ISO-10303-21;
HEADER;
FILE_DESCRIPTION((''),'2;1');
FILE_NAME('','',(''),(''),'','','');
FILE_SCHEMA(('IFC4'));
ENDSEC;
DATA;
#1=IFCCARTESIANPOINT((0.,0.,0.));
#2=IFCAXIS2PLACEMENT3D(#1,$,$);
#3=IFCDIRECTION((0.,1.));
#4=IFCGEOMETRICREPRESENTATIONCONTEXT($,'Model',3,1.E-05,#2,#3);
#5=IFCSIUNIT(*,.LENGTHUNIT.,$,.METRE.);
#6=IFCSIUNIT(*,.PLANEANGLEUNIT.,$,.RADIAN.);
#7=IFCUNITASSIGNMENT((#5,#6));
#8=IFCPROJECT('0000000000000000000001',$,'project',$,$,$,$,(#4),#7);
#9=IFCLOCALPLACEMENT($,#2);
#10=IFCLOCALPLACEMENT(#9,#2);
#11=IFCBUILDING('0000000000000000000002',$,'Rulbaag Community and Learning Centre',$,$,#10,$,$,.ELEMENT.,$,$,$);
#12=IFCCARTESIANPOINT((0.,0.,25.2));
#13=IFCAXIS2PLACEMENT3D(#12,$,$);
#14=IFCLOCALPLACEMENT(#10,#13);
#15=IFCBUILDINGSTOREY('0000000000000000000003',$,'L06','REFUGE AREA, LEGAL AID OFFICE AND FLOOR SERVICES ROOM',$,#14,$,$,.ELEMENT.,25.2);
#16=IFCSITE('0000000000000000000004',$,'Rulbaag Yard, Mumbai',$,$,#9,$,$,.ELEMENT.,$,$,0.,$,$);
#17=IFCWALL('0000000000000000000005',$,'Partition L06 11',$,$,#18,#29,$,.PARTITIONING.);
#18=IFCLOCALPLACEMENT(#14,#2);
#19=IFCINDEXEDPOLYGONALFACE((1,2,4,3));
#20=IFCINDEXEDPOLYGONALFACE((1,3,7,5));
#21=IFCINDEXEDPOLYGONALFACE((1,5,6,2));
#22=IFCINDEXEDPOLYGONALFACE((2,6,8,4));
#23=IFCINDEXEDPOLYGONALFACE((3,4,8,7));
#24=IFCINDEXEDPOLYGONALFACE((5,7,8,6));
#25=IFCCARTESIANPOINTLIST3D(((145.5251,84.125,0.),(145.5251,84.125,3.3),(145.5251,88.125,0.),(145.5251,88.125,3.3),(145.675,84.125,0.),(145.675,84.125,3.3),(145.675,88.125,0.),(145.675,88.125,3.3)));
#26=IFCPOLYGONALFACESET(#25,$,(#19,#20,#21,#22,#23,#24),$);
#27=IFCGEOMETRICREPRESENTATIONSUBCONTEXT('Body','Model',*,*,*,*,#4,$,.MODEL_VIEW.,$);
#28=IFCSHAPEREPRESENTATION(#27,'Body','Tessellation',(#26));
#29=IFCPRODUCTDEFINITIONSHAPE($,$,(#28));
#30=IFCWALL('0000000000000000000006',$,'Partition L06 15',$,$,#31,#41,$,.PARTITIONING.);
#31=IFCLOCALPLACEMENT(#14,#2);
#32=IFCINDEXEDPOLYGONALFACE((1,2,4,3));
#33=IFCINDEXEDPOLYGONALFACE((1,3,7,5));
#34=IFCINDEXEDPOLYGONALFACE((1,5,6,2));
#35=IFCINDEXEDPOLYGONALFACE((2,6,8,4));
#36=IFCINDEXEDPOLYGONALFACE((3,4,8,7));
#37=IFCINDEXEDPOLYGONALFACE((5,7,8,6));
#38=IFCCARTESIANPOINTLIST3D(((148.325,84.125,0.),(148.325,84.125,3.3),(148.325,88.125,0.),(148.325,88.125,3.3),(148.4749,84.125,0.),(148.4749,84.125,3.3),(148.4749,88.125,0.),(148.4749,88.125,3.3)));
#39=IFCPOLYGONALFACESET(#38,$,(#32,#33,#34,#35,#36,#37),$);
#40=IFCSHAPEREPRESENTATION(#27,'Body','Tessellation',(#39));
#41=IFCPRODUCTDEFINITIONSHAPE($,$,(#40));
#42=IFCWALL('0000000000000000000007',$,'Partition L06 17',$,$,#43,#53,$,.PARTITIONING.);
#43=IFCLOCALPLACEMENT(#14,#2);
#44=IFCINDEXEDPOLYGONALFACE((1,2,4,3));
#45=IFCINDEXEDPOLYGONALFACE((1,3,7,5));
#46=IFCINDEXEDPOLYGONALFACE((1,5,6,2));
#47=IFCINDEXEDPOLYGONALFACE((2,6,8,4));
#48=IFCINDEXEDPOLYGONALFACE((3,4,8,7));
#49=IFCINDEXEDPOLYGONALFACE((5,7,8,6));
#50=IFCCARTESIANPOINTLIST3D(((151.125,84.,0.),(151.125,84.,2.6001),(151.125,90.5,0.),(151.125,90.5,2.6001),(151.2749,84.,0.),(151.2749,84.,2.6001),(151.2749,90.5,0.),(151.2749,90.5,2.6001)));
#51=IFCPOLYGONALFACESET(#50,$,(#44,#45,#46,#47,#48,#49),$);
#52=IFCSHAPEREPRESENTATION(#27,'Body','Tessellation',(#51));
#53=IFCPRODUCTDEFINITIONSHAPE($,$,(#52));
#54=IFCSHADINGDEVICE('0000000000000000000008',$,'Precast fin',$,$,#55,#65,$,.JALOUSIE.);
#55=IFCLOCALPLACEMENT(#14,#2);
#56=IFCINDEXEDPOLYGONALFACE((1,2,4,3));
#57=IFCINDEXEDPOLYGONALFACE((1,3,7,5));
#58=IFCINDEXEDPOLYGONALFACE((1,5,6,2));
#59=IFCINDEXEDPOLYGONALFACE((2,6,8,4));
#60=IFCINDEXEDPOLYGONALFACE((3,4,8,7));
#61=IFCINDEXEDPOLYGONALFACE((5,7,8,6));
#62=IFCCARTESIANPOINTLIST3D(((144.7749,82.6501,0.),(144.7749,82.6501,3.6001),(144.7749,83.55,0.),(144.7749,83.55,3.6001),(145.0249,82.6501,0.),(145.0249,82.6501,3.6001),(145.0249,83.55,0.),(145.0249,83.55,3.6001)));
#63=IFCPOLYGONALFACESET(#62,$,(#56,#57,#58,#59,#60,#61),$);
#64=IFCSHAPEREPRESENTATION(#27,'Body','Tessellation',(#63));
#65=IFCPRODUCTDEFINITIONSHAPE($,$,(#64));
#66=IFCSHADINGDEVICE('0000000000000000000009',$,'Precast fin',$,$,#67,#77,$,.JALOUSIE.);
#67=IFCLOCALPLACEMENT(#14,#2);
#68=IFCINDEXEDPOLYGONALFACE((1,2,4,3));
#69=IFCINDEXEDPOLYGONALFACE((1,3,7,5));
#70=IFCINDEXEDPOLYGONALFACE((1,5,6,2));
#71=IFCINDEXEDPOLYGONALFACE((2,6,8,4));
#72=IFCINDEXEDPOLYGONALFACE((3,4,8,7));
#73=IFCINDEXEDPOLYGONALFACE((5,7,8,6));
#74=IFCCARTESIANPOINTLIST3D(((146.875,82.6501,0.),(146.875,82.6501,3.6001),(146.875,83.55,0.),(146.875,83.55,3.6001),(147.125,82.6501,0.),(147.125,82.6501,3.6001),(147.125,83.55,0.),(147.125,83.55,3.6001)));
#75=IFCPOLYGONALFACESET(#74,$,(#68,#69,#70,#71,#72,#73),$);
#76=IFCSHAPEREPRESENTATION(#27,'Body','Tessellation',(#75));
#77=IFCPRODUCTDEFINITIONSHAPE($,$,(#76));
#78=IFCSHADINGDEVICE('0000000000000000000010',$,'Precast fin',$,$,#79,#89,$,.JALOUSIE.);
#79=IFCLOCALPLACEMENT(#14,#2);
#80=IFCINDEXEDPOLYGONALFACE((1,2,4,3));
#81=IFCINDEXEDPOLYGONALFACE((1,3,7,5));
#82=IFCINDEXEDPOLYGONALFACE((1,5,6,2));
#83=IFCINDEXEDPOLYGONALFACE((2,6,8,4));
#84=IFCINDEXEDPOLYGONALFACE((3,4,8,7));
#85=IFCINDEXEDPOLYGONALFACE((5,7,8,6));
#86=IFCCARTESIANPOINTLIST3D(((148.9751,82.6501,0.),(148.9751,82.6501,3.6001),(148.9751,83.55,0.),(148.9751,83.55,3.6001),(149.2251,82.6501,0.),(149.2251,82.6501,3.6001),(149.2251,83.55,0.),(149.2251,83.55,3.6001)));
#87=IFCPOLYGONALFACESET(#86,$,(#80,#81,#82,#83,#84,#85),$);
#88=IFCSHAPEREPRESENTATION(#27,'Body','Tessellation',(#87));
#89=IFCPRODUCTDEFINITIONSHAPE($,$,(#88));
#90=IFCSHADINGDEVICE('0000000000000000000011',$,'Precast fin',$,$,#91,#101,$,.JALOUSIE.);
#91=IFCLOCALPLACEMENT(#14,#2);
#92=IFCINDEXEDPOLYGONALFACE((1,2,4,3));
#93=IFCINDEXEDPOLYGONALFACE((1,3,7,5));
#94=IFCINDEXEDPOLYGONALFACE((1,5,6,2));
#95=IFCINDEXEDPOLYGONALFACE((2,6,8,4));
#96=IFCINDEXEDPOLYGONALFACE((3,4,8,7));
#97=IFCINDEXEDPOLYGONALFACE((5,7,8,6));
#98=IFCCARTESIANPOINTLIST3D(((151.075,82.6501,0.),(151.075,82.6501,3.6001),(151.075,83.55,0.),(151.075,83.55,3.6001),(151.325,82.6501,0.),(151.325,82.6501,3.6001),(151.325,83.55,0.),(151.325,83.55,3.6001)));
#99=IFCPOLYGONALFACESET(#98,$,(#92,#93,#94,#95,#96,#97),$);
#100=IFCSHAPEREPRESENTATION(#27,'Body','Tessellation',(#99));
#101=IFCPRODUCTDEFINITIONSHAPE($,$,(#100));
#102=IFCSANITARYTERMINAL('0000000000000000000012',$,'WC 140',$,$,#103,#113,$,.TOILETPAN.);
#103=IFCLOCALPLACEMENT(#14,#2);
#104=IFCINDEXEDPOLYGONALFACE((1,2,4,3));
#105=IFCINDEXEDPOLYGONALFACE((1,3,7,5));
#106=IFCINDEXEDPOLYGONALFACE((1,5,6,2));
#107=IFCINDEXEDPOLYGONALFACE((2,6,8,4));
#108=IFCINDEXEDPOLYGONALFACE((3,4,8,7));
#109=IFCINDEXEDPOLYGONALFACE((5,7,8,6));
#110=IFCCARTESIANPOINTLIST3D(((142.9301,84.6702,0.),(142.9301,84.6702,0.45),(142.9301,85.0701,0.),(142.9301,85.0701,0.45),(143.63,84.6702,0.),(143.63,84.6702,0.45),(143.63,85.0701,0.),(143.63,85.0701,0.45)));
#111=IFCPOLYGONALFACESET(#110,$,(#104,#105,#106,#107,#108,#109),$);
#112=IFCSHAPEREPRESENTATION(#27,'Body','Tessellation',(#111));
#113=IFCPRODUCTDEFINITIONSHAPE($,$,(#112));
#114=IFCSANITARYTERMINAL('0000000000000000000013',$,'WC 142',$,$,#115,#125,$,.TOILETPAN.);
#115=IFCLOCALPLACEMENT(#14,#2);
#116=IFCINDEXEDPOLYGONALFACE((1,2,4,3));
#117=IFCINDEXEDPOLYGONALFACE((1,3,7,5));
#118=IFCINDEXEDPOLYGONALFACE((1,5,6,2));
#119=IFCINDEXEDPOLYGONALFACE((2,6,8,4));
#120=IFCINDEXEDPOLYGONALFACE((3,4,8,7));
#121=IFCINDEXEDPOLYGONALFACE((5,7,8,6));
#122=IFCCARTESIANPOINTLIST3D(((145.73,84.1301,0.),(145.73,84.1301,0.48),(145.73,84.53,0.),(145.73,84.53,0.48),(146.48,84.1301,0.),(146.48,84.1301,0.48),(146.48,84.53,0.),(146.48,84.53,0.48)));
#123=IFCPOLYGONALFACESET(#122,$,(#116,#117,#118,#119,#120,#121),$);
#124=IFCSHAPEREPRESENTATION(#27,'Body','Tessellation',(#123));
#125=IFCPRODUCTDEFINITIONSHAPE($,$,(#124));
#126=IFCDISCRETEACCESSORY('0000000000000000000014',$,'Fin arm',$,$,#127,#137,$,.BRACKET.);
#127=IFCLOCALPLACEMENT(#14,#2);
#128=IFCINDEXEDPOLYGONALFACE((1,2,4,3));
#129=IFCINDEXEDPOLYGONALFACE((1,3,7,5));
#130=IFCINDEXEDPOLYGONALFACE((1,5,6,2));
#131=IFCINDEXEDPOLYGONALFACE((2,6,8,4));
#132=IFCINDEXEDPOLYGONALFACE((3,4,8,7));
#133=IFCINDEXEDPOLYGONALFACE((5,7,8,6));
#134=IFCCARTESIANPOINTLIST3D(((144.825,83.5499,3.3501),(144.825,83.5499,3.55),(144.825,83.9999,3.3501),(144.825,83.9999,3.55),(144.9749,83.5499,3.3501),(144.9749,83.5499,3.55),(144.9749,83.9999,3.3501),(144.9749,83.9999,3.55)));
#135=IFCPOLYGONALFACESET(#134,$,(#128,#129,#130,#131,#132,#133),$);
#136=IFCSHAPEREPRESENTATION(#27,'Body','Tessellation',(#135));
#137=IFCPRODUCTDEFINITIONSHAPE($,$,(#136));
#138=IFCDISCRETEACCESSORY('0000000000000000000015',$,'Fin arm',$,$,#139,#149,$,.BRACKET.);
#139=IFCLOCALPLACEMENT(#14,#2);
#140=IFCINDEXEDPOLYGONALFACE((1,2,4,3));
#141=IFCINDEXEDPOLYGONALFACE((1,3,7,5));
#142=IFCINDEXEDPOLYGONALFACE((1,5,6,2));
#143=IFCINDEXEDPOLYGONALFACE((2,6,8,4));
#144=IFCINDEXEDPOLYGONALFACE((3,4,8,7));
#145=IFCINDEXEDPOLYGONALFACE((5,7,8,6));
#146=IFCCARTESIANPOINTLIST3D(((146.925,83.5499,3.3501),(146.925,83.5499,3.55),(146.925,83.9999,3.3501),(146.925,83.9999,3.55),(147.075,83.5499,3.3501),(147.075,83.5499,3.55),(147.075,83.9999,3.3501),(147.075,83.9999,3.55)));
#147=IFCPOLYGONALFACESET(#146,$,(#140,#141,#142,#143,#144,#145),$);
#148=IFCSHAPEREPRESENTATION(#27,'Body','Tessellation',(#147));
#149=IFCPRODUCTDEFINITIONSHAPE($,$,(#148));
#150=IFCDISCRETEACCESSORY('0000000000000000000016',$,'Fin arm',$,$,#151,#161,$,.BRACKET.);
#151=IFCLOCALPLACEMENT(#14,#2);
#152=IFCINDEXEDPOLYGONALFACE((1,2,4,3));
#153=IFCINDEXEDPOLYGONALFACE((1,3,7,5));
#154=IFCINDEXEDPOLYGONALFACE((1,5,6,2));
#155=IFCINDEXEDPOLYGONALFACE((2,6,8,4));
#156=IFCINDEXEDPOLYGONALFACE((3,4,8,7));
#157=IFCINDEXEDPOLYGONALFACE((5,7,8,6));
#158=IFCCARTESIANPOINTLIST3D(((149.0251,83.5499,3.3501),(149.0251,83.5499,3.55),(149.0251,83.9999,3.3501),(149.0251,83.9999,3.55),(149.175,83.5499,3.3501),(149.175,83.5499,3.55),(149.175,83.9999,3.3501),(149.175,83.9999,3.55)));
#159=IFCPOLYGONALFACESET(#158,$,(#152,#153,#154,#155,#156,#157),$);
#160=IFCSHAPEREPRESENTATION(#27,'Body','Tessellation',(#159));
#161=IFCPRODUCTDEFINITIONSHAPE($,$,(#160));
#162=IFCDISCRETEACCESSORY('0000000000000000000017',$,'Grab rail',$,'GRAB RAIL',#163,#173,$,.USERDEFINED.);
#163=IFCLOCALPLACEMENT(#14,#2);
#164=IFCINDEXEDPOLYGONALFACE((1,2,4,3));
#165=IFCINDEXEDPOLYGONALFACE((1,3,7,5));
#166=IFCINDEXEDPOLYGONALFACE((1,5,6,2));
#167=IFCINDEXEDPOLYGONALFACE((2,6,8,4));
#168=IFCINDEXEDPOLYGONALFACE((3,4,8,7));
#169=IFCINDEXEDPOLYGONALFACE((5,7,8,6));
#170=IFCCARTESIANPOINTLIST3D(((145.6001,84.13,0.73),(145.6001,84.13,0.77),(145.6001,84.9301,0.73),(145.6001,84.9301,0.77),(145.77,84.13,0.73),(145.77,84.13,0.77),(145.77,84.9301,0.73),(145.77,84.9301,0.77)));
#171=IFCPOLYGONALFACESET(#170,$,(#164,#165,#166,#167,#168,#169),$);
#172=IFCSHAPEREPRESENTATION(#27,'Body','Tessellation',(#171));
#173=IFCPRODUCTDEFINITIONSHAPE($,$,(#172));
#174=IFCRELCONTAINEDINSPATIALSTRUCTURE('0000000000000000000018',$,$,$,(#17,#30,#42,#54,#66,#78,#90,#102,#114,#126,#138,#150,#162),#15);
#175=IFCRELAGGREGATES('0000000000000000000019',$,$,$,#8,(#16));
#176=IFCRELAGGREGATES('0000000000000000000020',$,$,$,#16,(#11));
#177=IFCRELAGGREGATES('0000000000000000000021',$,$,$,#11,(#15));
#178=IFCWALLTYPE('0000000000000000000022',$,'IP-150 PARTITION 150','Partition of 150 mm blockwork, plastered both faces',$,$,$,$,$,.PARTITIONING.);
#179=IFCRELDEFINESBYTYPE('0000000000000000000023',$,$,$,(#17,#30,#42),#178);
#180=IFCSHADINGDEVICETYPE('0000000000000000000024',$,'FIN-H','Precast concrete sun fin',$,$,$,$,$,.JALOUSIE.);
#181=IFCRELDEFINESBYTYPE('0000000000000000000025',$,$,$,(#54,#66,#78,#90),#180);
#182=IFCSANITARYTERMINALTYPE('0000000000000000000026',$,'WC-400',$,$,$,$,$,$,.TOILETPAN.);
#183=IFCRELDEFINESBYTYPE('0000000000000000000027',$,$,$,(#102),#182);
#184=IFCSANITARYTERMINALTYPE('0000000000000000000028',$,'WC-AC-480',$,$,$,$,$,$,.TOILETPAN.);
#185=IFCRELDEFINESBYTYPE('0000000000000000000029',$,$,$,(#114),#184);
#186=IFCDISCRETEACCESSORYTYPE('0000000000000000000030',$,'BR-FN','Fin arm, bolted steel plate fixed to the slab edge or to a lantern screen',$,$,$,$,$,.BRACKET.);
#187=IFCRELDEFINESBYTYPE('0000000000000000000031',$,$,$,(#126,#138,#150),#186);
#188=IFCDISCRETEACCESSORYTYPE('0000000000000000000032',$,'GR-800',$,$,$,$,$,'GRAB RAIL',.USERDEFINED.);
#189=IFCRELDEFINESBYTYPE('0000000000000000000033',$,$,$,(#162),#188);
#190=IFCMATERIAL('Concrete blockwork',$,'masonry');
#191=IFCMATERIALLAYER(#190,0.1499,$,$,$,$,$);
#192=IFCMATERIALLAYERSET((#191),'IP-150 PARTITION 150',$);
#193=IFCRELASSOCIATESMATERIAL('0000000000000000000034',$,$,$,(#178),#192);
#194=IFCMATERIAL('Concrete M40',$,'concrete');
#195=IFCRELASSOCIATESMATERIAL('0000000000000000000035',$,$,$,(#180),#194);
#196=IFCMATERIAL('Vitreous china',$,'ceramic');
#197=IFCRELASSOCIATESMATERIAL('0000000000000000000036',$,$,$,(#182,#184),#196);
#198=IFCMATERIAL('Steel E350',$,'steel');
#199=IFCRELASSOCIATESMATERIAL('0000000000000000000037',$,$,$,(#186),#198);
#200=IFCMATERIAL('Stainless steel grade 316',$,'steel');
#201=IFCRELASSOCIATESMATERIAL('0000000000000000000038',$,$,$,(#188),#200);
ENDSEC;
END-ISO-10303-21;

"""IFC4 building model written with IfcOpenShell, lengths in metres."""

from ifc_helpers import new_model, si_unit, direction, frame, frame_2d, origin, origin_2d, place, context, subcontext, project, spatial, rectangle, extrude, material, layer, layer_set, material_profile, profile_set, type_object, element, save


model = new_model("IFC4")

# Units and contexts
model_context = context("Model", 3, precision=1e-05, world=origin(), true_north=direction((0.0, 1.0)))
body_context = subcontext(model_context, "Body", "Model", "MODEL_VIEW")
ifc_project = project(units=[si_unit("LENGTHUNIT", "METRE"), si_unit("PLANEANGLEUNIT", "RADIAN")], contexts=[model_context])

# Site, building, storey
site_placement = place(None, origin())
site = spatial("IfcSite", under=ifc_project, at=site_placement, Name="Rulbaag Yard, Mumbai", CompositionType="ELEMENT", RefElevation=0.0)
building_placement = place(site_placement, origin())
building = spatial("IfcBuilding", under=site, at=building_placement, Name="Rulbaag Community and Learning Centre", CompositionType="ELEMENT")
storey_placement = place(building_placement, frame((0.0, 0.0, 25.2)))
storey = spatial("IfcBuildingStorey", under=building, at=storey_placement, Name="L06", Description="REFUGE AREA, LEGAL AID OFFICE AND FLOOR SERVICES ROOM", CompositionType="ELEMENT", Elevation=25.2)

# Shared definitions
ifc_material_1 = material(Name="Concrete M40", Category="concrete")

# Walls
ifc_material_2 = material(Name="Concrete blockwork", Category="masonry")
ifc_layer_1 = layer(ifc_material_2, 0.1499)
ifc_layer_set_1 = layer_set([ifc_layer_1], Name="IP-150 PARTITION 150")
wall_type_1 = type_object("IfcWallType", Name="IP-150 PARTITION 150", Description="Partition of 150 mm blockwork, plastered both faces", PredefinedType="PARTITIONING", material=ifc_layer_set_1)
for number, where, z_axis, x_axis, name in (
    (1, (145.6001, 84.125, 0.0), (0.0, 0.0, 1.0), (0.0, 1.0, 0.0), "Partition L06 11"),
    (2, (148.3999, 84.125, 0.0), (0.0, 0.0, 1.0), (0.0, 1.0, 0.0), "Partition L06 15"),
):
    element("IfcWall", number, at=place(storey_placement, frame(where, z_axis=z_axis, x_axis=x_axis)), inside=storey, type_object=wall_type_1, Name=name, PredefinedType="PARTITIONING", context=body_context, shape_type="SweptSolid", body=[
        extrude(rectangle(XDim=4.0, YDim=0.1499, at=frame_2d((2.0, 0.0))), origin(), (0.0, 0.0, 1.0), 3.3),
    ])
wall_1_placement = place(storey_placement, frame((151.2, 84.0, 0.0), z_axis=(0.0, 0.0, 1.0), x_axis=(0.0, 1.0, 0.0)))
element("IfcWall", 3, at=wall_1_placement, inside=storey, type_object=wall_type_1, Name="Partition L06 17", PredefinedType="PARTITIONING", context=body_context, shape_type="SweptSolid", body=[
    extrude(rectangle(XDim=6.5, YDim=0.1499, at=frame_2d((3.25, 0.0))), origin(), (0.0, 0.0, 1.0), 2.6001),
])

# Shading devices
ifc_material_profile_1 = material_profile(ifc_material_1, rectangle(XDim=0.25, YDim=0.8999, at=origin_2d()), Name="PC 250x900")
ifc_profile_set_1 = profile_set([ifc_material_profile_1], Name="Concrete M40")
shading_device_type = type_object("IfcShadingDeviceType", Name="FIN-H", Description="Precast concrete sun fin", PredefinedType="JALOUSIE", material=ifc_profile_set_1)
for number, where, z_axis, x_axis, name in (
    (4, (144.8999, 83.1001, 0.0), (0.0, 0.0, 1.0), (1.0, 0.0, 0.0), "Precast fin"),
    (5, (147.0, 83.1001, 0.0), (0.0, 0.0, 1.0), (1.0, 0.0, 0.0), "Precast fin"),
    (6, (149.1001, 83.1001, 0.0), (0.0, 0.0, 1.0), (1.0, 0.0, 0.0), "Precast fin"),
    (7, (151.2, 83.1001, 0.0), (0.0, 0.0, 1.0), (1.0, 0.0, 0.0), "Precast fin"),
):
    element("IfcShadingDevice", number, at=place(storey_placement, frame(where, z_axis=z_axis, x_axis=x_axis)), inside=storey, type_object=shading_device_type, Name=name, PredefinedType="JALOUSIE", context=body_context, shape_type="SweptSolid", body=[
        extrude(rectangle(XDim=0.25, YDim=0.8999, at=origin_2d()), origin(), (0.0, 0.0, 1.0), 3.6001),
    ])

# Sanitary terminals
ifc_material_3 = material(Name="Vitreous china", Category="ceramic")
sanitary_terminal_type_1 = type_object("IfcSanitaryTerminalType", Name="WC-400", PredefinedType="TOILETPAN", material=ifc_material_3)
sanitary_terminal_1_placement = place(storey_placement, frame((143.28, 84.8701, 0.0), z_axis=(0.0, 0.0, 1.0), x_axis=(1.0, 0.0, 0.0)))
element("IfcSanitaryTerminal", 8, at=sanitary_terminal_1_placement, inside=storey, type_object=sanitary_terminal_type_1, Name="WC 140", PredefinedType="TOILETPAN", context=body_context, shape_type="SweptSolid", body=[
    extrude(rectangle(XDim=0.7, YDim=0.3999, at=origin_2d()), origin(), (0.0, 0.0, 1.0), 0.45),
])
sanitary_terminal_type_2 = type_object("IfcSanitaryTerminalType", Name="WC-AC-480", PredefinedType="TOILETPAN", material=ifc_material_3)
sanitary_terminal_2_placement = place(storey_placement, frame((146.105, 84.3301, 0.0), z_axis=(0.0, 0.0, 1.0), x_axis=(1.0, 0.0, 0.0)))
element("IfcSanitaryTerminal", 9, at=sanitary_terminal_2_placement, inside=storey, type_object=sanitary_terminal_type_2, Name="WC 142", PredefinedType="TOILETPAN", context=body_context, shape_type="SweptSolid", body=[
    extrude(rectangle(XDim=0.75, YDim=0.3999, at=origin_2d()), origin(), (0.0, 0.0, 1.0), 0.48),
])

# Discrete accessories
ifc_material_4 = material(Name="Steel E350", Category="steel")
discrete_accessory_type_1 = type_object("IfcDiscreteAccessoryType", Name="BR-FN", Description="Fin arm, bolted steel plate fixed to the slab edge or to a lantern screen", PredefinedType="BRACKET", material=ifc_material_4)
for number, where, z_axis, x_axis, name in (
    (10, (144.8999, 83.7749, 3.3501), (0.0, 0.0, 1.0), (1.0, 0.0, 0.0), "Fin arm"),
    (11, (147.0, 83.7749, 3.3501), (0.0, 0.0, 1.0), (1.0, 0.0, 0.0), "Fin arm"),
    (12, (149.1001, 83.7749, 3.3501), (0.0, 0.0, 1.0), (1.0, 0.0, 0.0), "Fin arm"),
):
    element("IfcDiscreteAccessory", number, at=place(storey_placement, frame(where, z_axis=z_axis, x_axis=x_axis)), inside=storey, type_object=discrete_accessory_type_1, Name=name, PredefinedType="BRACKET", context=body_context, shape_type="SweptSolid", body=[
        extrude(rectangle(XDim=0.1499, YDim=0.45, at=origin_2d()), origin(), (0.0, 0.0, 1.0), 0.2),
    ])
ifc_material_5 = material(Name="Stainless steel grade 316", Category="steel")
discrete_accessory_type_2 = type_object("IfcDiscreteAccessoryType", Name="GR-800", ElementType="GRAB RAIL", PredefinedType="USERDEFINED", material=ifc_material_5)
discrete_accessory_placement = place(storey_placement, frame((145.6851, 84.53, 0.73), z_axis=(0.0, 0.0, 1.0), x_axis=(1.0, 0.0, 0.0)))
element("IfcDiscreteAccessory", 13, at=discrete_accessory_placement, inside=storey, type_object=discrete_accessory_type_2, Name="Grab rail", ObjectType="GRAB RAIL", PredefinedType="USERDEFINED", context=body_context, shape_type="SweptSolid", body=[
    extrude(rectangle(XDim=0.1699, YDim=0.8, at=origin_2d()), origin(), (0.0, 0.0, 1.0), 0.04),
])

save(model, "model.ifc")
